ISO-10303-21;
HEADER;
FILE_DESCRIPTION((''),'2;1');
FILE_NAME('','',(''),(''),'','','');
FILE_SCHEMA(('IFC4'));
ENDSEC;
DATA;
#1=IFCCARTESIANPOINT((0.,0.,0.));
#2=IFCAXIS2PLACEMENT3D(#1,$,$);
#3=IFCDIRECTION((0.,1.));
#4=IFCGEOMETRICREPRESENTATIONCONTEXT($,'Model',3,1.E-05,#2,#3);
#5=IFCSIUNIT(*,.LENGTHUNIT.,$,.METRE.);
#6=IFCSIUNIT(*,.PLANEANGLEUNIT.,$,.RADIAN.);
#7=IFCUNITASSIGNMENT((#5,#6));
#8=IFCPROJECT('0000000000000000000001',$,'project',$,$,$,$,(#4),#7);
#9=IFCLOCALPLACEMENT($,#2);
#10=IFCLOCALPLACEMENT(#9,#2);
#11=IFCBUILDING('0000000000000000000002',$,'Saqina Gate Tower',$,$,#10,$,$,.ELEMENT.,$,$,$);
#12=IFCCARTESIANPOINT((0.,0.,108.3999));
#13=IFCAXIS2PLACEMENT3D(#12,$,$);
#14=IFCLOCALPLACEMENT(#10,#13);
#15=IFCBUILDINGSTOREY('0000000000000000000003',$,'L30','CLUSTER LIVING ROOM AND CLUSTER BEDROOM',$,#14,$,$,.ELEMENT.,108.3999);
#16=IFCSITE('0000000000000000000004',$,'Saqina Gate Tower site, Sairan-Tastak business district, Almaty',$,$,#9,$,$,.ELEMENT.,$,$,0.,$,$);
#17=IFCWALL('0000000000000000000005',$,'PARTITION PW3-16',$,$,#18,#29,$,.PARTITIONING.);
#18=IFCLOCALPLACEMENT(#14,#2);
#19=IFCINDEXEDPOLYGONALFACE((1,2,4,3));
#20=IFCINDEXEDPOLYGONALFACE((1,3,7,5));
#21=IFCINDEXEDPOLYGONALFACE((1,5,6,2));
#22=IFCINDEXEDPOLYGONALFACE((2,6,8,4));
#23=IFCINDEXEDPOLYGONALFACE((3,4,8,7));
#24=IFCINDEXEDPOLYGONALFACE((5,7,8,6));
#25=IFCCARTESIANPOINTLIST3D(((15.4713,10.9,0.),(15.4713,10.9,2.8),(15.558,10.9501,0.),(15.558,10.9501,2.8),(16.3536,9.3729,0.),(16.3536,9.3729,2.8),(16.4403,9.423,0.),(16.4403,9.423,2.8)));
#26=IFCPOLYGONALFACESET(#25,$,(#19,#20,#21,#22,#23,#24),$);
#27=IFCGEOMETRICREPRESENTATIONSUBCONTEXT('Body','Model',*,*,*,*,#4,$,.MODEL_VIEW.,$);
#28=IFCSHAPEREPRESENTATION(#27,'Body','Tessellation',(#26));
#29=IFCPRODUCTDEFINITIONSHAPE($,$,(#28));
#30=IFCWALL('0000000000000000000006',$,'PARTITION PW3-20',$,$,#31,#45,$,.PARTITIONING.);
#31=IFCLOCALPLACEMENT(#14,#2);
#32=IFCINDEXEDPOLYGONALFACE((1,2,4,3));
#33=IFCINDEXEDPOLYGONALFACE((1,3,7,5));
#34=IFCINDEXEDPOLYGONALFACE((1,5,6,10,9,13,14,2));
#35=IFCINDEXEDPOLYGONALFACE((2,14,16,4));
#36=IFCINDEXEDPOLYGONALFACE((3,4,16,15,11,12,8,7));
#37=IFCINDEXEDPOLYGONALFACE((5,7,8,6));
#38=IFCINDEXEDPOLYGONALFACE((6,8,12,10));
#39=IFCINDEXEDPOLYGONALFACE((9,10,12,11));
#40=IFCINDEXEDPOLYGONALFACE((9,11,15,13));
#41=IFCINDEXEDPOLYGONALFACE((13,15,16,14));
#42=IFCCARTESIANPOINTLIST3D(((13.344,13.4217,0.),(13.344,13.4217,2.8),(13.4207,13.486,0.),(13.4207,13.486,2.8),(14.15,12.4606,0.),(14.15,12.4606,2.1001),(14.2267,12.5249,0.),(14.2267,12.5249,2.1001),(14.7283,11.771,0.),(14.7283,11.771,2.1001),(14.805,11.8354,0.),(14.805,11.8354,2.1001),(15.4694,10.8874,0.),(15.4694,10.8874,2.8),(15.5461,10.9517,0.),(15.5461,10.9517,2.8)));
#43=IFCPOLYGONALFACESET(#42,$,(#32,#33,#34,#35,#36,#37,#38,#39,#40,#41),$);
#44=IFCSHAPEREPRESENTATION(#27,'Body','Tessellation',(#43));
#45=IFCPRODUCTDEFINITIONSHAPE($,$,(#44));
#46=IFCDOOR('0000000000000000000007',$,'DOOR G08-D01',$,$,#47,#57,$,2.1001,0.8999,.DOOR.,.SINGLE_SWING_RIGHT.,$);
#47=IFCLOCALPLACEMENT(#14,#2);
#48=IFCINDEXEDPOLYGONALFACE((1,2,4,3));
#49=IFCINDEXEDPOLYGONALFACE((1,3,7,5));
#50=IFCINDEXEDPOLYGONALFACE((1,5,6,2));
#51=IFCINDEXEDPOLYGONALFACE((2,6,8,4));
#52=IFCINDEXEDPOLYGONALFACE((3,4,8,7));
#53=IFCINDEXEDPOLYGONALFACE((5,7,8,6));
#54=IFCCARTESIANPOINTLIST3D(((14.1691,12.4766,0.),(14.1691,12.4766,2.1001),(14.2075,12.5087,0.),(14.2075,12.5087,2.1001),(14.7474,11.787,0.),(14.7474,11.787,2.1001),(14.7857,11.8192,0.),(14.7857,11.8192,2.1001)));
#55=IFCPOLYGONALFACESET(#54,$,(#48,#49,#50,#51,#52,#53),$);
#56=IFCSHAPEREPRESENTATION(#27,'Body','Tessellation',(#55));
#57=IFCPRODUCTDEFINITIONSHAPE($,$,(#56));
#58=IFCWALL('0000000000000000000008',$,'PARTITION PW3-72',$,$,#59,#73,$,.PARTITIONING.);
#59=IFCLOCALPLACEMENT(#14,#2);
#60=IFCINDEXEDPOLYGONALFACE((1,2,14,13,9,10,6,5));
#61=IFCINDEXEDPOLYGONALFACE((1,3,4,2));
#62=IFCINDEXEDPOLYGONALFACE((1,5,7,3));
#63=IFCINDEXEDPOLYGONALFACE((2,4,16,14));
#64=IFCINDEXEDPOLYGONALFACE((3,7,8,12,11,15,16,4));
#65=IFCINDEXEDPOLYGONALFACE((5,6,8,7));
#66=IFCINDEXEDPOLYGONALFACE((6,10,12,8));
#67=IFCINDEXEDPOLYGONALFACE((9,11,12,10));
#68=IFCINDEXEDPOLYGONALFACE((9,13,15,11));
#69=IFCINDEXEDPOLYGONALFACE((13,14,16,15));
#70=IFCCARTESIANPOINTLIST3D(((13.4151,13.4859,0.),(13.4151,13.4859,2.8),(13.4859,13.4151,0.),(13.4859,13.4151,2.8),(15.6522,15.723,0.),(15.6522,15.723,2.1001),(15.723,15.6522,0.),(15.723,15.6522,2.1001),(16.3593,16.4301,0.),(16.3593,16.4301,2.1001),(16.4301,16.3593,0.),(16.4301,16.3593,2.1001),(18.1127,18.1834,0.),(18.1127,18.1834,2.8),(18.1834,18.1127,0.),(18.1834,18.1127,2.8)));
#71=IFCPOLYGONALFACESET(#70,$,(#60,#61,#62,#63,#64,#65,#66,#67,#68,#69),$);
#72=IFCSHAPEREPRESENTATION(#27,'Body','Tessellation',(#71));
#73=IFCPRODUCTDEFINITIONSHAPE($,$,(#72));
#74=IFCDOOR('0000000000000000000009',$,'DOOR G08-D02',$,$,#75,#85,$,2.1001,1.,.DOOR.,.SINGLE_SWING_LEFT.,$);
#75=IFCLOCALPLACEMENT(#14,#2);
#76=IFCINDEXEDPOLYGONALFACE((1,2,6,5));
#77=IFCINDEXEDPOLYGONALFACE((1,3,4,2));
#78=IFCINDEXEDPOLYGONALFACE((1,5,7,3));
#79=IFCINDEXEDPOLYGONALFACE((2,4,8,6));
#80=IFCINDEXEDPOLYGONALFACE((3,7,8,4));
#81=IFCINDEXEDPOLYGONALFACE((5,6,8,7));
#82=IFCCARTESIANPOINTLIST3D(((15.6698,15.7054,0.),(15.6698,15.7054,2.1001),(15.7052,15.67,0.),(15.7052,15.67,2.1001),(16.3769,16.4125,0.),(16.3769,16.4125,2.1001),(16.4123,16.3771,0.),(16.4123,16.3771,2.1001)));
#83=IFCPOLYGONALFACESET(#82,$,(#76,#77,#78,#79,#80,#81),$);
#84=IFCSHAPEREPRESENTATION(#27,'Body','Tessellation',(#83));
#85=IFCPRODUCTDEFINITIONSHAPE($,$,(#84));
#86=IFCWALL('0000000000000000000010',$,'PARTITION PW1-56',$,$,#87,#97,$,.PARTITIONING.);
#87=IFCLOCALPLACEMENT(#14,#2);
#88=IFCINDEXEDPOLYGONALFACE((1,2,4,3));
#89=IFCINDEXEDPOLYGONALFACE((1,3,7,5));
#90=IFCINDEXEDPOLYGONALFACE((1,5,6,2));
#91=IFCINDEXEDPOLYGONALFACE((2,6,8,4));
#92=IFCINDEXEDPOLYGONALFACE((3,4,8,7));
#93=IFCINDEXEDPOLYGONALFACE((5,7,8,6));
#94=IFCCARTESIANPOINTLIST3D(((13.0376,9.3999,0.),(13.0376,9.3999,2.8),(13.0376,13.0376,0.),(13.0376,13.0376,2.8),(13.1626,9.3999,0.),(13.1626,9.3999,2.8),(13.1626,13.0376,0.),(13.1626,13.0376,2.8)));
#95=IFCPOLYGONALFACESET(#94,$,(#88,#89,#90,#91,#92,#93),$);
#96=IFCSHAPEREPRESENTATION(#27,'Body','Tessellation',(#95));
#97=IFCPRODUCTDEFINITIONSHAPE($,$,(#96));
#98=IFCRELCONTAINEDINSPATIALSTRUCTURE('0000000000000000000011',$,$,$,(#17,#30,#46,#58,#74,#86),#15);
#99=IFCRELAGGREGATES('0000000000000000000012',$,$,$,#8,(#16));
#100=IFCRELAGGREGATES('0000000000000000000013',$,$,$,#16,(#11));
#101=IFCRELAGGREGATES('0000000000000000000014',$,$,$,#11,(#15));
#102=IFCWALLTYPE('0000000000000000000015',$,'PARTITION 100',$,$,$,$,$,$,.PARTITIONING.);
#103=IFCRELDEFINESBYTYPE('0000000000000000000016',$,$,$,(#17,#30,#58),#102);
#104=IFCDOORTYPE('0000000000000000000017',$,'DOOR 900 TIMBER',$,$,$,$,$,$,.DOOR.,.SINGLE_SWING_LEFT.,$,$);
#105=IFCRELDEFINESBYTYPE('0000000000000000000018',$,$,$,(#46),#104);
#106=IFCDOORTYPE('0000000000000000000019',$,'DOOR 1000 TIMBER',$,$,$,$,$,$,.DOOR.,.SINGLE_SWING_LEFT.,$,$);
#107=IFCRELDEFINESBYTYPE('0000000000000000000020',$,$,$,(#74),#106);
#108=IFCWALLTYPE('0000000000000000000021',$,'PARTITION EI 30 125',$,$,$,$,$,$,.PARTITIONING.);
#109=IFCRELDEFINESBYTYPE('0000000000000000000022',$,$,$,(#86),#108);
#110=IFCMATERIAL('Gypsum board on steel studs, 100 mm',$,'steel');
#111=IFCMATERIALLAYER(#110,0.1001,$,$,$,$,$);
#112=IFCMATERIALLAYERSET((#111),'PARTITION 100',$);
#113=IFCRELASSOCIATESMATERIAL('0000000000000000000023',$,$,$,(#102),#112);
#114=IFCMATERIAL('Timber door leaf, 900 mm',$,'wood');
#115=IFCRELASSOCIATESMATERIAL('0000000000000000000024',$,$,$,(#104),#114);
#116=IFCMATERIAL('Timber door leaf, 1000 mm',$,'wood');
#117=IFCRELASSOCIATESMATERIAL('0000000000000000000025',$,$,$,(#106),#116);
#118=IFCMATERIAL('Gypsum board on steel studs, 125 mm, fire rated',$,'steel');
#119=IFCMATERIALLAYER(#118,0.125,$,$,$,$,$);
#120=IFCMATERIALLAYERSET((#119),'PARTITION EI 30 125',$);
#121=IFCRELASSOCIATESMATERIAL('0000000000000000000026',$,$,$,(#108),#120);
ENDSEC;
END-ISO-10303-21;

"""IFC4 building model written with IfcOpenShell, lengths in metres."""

from ifc_helpers import new_model, si_unit, direction, frame, frame_2d, origin, place, context, subcontext, project, spatial, rectangle, extrude, material, layer, layer_set, type_object, element, fill, save


model = new_model("IFC4")

# Units and contexts
model_context = context("Model", 3, precision=1e-05, world=origin(), true_north=direction((0.0, 1.0)))
body_context = subcontext(model_context, "Body", "Model", "MODEL_VIEW")
ifc_project = project(units=[si_unit("LENGTHUNIT", "METRE"), si_unit("PLANEANGLEUNIT", "RADIAN")], contexts=[model_context])

# Site, building, storey
site_placement = place(None, origin())
site = spatial("IfcSite", under=ifc_project, at=site_placement, Name="Saqina Gate Tower site, Sairan-Tastak business district, Almaty", CompositionType="ELEMENT", RefElevation=0.0)
building_placement = place(site_placement, origin())
building = spatial("IfcBuilding", under=site, at=building_placement, Name="Saqina Gate Tower", CompositionType="ELEMENT")
storey_placement = place(building_placement, frame((0.0, 0.0, 108.3999)))
storey = spatial("IfcBuildingStorey", under=building, at=storey_placement, Name="L30", Description="CLUSTER LIVING ROOM AND CLUSTER BEDROOM", CompositionType="ELEMENT", Elevation=108.3999)

# Wall
ifc_material_1 = material(Name="Gypsum board on steel studs, 100 mm", Category="steel")
ifc_layer_1 = layer(ifc_material_1, 0.1001)
ifc_layer_set_1 = layer_set([ifc_layer_1], Name="PARTITION 100")
wall_type_1 = type_object("IfcWallType", Name="PARTITION 100", PredefinedType="PARTITIONING", material=ifc_layer_set_1)
wall_1_placement = place(storey_placement, frame((15.5146, 10.925, 0.0), z_axis=(0.0, 0.0, 1.0), x_axis=(0.500278, -0.865865, 0.0)))
element("IfcWall", 1, at=wall_1_placement, inside=storey, type_object=wall_type_1, Name="PARTITION PW3-16", PredefinedType="PARTITIONING", context=body_context, shape_type="SweptSolid", body=[
    extrude(rectangle(XDim=1.7637, YDim=0.1001, at=frame_2d((0.8818, 0.0))), origin(), (0.0, 0.0, 1.0), 2.8),
])

# Walls, openings, doors
wall_2_placement = place(storey_placement, frame((13.3823, 13.4539, 0.0), z_axis=(0.0, 0.0, 1.0), x_axis=(0.642584, -0.766215, 0.0)))
wall_2 = element("IfcWall", 2, at=wall_2_placement, inside=storey, type_object=wall_type_1, Name="PARTITION PW3-20", PredefinedType="PARTITIONING", context=body_context, shape_type="SweptSolid", body=[
    extrude(rectangle(XDim=3.3076, YDim=0.1001, at=frame_2d((1.6538, 0.0))), origin(), (0.0, 0.0, 1.0), 2.8),
])
opening_1_placement = place(wall_2_placement, frame((1.2544, 0.0, 0.0)))
opening_1 = element("IfcOpeningElement", 3, at=opening_1_placement, cuts=wall_2, PredefinedType="OPENING", context=body_context, shape_type="SweptSolid", body=[
    extrude(rectangle(XDim=0.8999, YDim=2.1001, at=frame_2d((0.45, 1.05))), frame((0.0, 0.062, 0.0), z_axis=(0.0, -1.0, 0.0), x_axis=(1.0, 0.0, 0.0)), (0.0, 0.0, 1.0), 0.124),
])
ifc_material_2 = material(Name="Timber door leaf, 900 mm", Category="wood")
door_type_1 = type_object("IfcDoorType", Name="DOOR 900 TIMBER", OperationType="SINGLE_SWING_LEFT", PredefinedType="DOOR", material=ifc_material_2)
door_1_placement = place(opening_1_placement, origin())
door_1 = element("IfcDoor", 4, at=door_1_placement, inside=storey, type_object=door_type_1, Name="DOOR G08-D01", OperationType="SINGLE_SWING_RIGHT", OverallHeight=2.1001, OverallWidth=0.8999, PredefinedType="DOOR", context=body_context, shape_type="SweptSolid", body=[
    extrude(rectangle(XDim=0.8999, YDim=2.1001, at=frame_2d((0.45, 1.05))), frame((0.0, 0.0249, 0.0), z_axis=(0.0, -1.0, 0.0), x_axis=(1.0, 0.0, 0.0)), (0.0, 0.0, 1.0), 0.05),
])
fill(opening_1, door_1)
wall_3_placement = place(storey_placement, frame((13.4504, 13.4504, 0.0), z_axis=(0.0, 0.0, 1.0), x_axis=(0.707107, 0.707107, 0.0)))
wall_3 = element("IfcWall", 5, at=wall_3_placement, inside=storey, type_object=wall_type_1, Name="PARTITION PW3-72", PredefinedType="PARTITIONING", context=body_context, shape_type="SweptSolid", body=[
    extrude(rectangle(XDim=6.6433, YDim=0.1001, at=frame_2d((3.3218, 0.0))), origin(), (0.0, 0.0, 1.0), 2.8),
])
opening_2_placement = place(wall_3_placement, frame((3.1638, 0.0, 0.0)))
opening_2 = element("IfcOpeningElement", 6, at=opening_2_placement, cuts=wall_3, PredefinedType="OPENING", context=body_context, shape_type="SweptSolid", body=[
    extrude(rectangle(XDim=1.0, YDim=2.1001, at=frame_2d((0.5, 1.05))), frame((0.0, 0.062, 0.0), z_axis=(0.0, -1.0, 0.0), x_axis=(1.0, 0.0, 0.0)), (0.0, 0.0, 1.0), 0.124),
])
ifc_material_3 = material(Name="Timber door leaf, 1000 mm", Category="wood")
door_type_2 = type_object("IfcDoorType", Name="DOOR 1000 TIMBER", OperationType="SINGLE_SWING_LEFT", PredefinedType="DOOR", material=ifc_material_3)
door_2_placement = place(opening_2_placement, frame((1.0, 0.0, 0.0), z_axis=(0.0, 0.0, 1.0), x_axis=(-1.0, 0.0, 0.0)))
door_2 = element("IfcDoor", 7, at=door_2_placement, inside=storey, type_object=door_type_2, Name="DOOR G08-D02", OperationType="SINGLE_SWING_LEFT", OverallHeight=2.1001, OverallWidth=1.0, PredefinedType="DOOR", context=body_context, shape_type="SweptSolid", body=[
    extrude(rectangle(XDim=1.0, YDim=2.1001, at=frame_2d((0.5, 1.05))), frame((0.0, 0.0249, 0.0), z_axis=(0.0, -1.0, 0.0), x_axis=(1.0, 0.0, 0.0)), (0.0, 0.0, 1.0), 0.05),
])
fill(opening_2, door_2)

# Wall
ifc_material_4 = material(Name="Gypsum board on steel studs, 125 mm, fire rated", Category="steel")
ifc_layer_2 = layer(ifc_material_4, 0.125)
ifc_layer_set_2 = layer_set([ifc_layer_2], Name="PARTITION EI 30 125")
wall_type_2 = type_object("IfcWallType", Name="PARTITION EI 30 125", PredefinedType="PARTITIONING", material=ifc_layer_set_2)
wall_4_placement = place(storey_placement, frame((13.1001, 9.3999, 0.0), z_axis=(0.0, 0.0, 1.0), x_axis=(0.0, 1.0, 0.0)))
element("IfcWall", 8, at=wall_4_placement, inside=storey, type_object=wall_type_2, Name="PARTITION PW1-56", PredefinedType="PARTITIONING", context=body_context, shape_type="SweptSolid", body=[
    extrude(rectangle(XDim=3.6377, YDim=0.125, at=frame_2d((1.8188, 0.0))), origin(), (0.0, 0.0, 1.0), 2.8),
])

save(model, "model.ifc")
